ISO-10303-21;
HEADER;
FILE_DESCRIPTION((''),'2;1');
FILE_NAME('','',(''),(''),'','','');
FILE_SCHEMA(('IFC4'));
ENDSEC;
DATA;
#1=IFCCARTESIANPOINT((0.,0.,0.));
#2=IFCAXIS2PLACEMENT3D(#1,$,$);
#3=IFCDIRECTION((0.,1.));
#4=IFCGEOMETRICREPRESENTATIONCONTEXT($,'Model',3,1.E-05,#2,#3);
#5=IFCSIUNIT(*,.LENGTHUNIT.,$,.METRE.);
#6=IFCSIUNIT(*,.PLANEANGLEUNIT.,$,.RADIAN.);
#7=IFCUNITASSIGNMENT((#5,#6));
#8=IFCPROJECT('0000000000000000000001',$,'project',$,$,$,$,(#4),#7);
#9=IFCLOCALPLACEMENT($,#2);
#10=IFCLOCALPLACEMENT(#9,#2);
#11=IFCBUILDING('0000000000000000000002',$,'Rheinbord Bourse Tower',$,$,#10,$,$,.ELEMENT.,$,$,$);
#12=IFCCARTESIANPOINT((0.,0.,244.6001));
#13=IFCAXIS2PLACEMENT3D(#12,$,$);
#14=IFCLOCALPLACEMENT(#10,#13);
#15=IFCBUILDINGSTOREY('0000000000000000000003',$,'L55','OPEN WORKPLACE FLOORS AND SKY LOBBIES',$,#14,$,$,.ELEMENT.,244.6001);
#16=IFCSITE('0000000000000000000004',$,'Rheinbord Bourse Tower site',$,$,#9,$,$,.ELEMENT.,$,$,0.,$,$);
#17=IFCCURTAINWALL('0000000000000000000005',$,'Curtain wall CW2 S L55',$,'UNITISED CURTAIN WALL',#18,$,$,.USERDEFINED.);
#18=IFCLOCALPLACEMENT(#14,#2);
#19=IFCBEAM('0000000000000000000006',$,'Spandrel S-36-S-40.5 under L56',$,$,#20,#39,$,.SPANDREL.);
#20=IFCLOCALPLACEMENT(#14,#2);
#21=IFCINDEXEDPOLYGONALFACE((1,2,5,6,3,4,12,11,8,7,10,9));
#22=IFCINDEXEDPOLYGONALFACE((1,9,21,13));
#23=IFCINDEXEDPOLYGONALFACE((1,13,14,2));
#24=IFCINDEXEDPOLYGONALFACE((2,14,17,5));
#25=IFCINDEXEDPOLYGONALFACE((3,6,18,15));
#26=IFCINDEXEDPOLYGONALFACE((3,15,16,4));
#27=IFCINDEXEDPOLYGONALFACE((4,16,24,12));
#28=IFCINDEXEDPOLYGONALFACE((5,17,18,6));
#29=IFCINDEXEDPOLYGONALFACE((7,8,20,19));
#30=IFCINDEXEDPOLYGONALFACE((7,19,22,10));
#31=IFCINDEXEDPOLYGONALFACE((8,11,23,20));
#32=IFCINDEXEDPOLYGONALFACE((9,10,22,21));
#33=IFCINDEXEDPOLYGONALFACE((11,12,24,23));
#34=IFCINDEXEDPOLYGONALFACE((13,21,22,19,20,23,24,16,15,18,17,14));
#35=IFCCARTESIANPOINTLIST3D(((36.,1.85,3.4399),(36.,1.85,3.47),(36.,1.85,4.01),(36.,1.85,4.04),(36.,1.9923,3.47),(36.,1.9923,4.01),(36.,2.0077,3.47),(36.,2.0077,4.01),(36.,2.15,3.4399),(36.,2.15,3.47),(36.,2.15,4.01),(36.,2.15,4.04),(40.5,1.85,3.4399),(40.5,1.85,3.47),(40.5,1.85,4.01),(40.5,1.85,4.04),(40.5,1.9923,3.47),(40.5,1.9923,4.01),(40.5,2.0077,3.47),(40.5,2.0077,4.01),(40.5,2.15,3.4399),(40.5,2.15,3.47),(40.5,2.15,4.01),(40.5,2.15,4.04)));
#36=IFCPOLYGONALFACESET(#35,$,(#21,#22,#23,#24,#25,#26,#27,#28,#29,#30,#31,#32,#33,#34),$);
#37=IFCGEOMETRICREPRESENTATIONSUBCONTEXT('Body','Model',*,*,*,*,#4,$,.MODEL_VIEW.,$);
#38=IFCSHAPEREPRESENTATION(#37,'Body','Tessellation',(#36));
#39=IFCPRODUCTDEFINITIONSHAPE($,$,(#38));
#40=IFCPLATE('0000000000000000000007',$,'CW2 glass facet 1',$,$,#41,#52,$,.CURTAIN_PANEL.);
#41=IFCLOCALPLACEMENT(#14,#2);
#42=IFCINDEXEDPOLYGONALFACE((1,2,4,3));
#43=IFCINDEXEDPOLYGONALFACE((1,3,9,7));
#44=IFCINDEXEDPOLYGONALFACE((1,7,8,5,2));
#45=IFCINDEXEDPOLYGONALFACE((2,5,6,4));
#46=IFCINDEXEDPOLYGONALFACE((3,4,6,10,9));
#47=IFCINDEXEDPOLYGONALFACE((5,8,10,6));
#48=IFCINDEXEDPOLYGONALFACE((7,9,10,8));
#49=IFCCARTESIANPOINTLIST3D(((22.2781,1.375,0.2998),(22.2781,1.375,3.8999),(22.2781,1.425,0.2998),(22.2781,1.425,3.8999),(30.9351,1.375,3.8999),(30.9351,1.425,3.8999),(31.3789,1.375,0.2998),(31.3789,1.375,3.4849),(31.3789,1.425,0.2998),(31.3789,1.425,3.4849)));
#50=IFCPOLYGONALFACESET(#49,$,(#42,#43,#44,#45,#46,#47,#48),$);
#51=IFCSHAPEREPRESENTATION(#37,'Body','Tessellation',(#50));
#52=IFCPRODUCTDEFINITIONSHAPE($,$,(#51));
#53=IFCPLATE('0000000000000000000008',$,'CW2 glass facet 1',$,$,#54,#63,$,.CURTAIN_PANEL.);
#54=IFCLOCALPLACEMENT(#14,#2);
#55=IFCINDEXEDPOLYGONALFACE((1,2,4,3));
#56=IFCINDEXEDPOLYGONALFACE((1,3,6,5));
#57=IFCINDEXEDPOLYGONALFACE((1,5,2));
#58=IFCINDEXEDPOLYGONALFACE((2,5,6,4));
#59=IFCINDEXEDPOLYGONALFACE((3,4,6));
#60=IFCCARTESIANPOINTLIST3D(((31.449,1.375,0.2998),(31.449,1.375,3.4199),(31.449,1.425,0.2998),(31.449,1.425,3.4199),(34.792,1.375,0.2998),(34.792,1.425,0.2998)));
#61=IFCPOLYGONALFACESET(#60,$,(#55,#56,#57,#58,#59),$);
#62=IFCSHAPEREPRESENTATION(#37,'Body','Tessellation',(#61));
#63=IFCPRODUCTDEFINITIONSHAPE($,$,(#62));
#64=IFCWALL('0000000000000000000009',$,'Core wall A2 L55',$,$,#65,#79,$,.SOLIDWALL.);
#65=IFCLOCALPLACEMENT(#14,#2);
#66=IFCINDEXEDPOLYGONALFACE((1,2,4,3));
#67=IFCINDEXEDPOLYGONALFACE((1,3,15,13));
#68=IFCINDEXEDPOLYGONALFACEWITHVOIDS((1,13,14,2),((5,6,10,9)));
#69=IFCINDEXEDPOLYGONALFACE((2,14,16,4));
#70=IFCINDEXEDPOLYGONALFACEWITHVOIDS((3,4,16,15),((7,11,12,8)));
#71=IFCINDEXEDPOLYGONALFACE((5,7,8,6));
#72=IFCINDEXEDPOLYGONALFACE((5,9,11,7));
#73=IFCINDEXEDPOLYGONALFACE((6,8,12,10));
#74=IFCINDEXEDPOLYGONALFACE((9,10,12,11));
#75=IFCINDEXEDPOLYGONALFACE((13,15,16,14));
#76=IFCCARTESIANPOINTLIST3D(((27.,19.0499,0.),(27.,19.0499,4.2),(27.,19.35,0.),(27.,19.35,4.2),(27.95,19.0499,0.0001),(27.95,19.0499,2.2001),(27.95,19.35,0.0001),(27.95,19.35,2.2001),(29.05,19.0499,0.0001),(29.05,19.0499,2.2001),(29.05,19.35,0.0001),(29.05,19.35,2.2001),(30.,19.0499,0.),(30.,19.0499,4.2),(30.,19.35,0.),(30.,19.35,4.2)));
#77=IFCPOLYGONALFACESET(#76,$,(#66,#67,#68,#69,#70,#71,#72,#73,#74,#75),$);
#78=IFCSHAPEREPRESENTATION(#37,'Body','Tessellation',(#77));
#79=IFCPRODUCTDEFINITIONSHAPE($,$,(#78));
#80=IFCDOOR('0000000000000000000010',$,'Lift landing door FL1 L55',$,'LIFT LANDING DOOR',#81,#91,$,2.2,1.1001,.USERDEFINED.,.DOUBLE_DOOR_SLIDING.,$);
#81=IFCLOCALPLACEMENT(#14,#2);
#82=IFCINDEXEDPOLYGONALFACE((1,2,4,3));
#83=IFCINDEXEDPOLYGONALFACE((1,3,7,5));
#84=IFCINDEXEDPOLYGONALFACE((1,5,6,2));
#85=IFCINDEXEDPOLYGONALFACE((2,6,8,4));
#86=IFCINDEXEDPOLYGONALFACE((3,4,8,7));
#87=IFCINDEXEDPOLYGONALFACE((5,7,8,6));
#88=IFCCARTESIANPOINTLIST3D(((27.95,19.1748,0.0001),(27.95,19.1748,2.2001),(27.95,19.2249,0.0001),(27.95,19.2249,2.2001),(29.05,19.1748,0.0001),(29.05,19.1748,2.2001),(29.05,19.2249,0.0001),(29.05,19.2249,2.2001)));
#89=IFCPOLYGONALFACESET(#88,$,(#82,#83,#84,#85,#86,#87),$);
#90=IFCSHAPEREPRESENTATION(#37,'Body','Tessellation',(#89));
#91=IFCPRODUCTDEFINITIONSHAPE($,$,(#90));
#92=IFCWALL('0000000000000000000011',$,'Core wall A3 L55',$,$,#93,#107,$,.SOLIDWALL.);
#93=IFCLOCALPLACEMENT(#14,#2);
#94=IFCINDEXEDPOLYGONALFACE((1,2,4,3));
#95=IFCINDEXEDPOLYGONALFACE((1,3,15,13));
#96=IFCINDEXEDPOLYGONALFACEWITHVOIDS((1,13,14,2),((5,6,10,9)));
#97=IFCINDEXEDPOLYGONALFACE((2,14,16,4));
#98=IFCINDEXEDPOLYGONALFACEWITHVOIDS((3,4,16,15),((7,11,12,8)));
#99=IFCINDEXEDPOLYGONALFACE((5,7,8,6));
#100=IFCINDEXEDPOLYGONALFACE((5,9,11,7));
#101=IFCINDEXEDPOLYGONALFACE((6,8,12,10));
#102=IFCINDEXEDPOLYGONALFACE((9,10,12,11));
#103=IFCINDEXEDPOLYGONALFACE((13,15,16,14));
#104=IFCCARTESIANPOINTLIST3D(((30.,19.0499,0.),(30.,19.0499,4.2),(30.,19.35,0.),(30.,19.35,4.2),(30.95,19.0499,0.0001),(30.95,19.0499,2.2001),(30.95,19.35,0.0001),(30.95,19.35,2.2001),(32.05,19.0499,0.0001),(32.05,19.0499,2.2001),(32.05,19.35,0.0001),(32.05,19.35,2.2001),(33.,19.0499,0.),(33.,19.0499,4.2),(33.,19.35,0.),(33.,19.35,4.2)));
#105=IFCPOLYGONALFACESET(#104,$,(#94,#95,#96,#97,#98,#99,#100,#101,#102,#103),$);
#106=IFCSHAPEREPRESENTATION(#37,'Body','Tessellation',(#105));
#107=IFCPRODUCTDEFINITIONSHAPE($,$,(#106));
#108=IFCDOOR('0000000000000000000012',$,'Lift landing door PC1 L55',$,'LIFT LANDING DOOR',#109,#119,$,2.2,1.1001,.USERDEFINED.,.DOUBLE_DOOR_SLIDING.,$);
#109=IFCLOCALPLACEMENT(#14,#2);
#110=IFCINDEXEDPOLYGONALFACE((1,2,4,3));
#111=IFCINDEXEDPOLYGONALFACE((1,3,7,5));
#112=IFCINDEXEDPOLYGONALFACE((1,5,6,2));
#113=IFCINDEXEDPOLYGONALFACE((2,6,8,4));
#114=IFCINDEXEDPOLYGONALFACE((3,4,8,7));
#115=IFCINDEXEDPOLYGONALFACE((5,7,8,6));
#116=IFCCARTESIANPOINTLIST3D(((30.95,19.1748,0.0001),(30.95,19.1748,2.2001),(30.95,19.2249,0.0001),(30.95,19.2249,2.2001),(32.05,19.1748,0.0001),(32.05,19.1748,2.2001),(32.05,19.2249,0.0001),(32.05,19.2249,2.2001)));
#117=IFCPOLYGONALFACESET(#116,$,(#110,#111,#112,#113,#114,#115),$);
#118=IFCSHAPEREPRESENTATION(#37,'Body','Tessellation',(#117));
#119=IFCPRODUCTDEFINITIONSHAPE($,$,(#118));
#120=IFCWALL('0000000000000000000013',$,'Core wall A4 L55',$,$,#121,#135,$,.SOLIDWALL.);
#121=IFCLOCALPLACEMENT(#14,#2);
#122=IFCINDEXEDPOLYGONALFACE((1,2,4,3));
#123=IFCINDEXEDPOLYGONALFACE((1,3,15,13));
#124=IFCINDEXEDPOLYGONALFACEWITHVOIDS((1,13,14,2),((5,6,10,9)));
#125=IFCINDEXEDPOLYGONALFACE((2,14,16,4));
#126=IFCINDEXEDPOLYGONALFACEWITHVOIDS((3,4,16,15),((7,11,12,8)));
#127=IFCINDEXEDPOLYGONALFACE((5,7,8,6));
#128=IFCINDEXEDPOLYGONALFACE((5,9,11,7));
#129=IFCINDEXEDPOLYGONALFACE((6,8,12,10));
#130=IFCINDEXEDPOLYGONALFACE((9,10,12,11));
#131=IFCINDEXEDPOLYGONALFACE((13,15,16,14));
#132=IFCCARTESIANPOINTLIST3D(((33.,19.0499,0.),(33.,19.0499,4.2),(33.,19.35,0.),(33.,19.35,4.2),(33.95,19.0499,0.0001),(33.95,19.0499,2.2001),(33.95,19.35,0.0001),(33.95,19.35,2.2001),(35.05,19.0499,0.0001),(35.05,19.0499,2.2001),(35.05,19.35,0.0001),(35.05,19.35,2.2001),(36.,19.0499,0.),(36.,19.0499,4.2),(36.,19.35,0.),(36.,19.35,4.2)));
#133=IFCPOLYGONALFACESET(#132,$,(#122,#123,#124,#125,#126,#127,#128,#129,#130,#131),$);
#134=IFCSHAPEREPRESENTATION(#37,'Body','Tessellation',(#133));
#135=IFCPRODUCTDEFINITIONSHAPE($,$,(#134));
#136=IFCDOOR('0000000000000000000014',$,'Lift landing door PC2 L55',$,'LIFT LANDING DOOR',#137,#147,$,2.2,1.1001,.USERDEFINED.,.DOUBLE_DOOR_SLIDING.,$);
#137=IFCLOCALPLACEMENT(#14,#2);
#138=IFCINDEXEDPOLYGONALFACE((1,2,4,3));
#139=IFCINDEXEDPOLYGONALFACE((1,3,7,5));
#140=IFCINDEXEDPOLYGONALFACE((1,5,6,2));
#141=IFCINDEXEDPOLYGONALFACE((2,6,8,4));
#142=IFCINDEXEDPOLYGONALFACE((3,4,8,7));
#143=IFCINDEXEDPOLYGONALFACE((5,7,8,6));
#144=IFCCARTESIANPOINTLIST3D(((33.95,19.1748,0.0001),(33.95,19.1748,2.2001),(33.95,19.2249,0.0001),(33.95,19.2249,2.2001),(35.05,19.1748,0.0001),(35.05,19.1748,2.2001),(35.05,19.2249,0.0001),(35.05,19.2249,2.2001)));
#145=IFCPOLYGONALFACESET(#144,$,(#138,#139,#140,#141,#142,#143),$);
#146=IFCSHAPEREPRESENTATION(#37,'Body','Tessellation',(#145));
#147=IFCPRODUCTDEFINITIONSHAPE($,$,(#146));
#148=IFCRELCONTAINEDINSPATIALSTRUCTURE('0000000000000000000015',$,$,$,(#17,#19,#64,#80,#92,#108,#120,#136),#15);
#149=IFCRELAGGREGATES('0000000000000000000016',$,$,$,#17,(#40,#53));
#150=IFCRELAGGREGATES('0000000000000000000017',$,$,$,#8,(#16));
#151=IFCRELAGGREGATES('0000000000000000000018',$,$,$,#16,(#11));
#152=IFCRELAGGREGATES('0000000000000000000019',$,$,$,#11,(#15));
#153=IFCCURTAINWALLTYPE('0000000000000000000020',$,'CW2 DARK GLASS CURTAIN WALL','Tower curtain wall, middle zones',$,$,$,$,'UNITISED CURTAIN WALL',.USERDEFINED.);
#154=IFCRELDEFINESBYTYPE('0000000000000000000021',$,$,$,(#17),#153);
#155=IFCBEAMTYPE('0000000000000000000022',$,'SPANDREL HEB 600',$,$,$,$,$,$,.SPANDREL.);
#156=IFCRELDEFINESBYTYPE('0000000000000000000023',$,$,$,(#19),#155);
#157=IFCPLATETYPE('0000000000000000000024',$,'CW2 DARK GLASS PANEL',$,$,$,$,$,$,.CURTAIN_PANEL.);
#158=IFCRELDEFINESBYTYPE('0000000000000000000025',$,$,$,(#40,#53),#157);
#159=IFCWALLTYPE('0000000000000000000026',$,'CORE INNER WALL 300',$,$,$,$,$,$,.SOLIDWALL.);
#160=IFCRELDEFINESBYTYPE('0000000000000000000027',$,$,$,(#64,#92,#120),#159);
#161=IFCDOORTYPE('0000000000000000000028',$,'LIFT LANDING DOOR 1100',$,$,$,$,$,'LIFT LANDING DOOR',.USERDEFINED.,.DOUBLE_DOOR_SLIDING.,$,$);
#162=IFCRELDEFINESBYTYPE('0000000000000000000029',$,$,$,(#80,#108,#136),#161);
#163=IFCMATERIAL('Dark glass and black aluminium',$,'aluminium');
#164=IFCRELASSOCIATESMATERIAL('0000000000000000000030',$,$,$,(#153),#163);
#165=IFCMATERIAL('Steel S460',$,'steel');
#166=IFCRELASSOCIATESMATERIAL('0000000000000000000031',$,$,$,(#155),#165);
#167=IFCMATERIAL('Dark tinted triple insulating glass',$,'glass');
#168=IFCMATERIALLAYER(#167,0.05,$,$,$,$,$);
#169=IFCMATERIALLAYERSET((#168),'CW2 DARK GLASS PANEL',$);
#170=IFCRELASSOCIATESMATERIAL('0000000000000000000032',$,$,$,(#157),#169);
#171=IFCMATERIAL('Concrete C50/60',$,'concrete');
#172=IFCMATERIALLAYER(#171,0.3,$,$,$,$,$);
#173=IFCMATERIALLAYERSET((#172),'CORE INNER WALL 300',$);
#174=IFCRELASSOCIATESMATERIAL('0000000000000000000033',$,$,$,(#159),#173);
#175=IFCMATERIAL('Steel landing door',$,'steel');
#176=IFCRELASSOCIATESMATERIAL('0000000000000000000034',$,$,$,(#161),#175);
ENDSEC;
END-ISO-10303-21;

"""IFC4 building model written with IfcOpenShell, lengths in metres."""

from ifc_helpers import new_model, si_unit, direction, frame, frame_2d, origin, origin_2d, place, context, subcontext, project, spatial, polyline, rectangle, i_section, outline, extrude, material, layer, layer_set, material_profile, profile_set, type_object, element, fill, aggregate, save


model = new_model("IFC4")

# Units and contexts
model_context = context("Model", 3, precision=1e-05, world=origin(), true_north=direction((0.0, 1.0)))
body_context = subcontext(model_context, "Body", "Model", "MODEL_VIEW")
ifc_project = project(units=[si_unit("LENGTHUNIT", "METRE"), si_unit("PLANEANGLEUNIT", "RADIAN")], contexts=[model_context])

# Site, building, storey
site_placement = place(None, origin())
site = spatial("IfcSite", under=ifc_project, at=site_placement, Name="Rheinbord Bourse Tower site", CompositionType="ELEMENT", RefElevation=0.0)
building_placement = place(site_placement, origin())
building = spatial("IfcBuilding", under=site, at=building_placement, Name="Rheinbord Bourse Tower", CompositionType="ELEMENT")
storey_placement = place(building_placement, frame((0.0, 0.0, 244.6001)))
storey = spatial("IfcBuildingStorey", under=building, at=storey_placement, Name="L55", Description="OPEN WORKPLACE FLOORS AND SKY LOBBIES", CompositionType="ELEMENT", Elevation=244.6001)

# Curtain wall
ifc_material_1 = material(Name="Dark glass and black aluminium", Category="aluminium")
curtain_wall_type = type_object("IfcCurtainWallType", Name="CW2 DARK GLASS CURTAIN WALL", Description="Tower curtain wall, middle zones", ElementType="UNITISED CURTAIN WALL", PredefinedType="USERDEFINED", material=ifc_material_1)
curtain_wall_placement = place(storey_placement, origin())
curtain_wall = element("IfcCurtainWall", 1, at=curtain_wall_placement, inside=storey, type_object=curtain_wall_type, Name="Curtain wall CW2 S L55", ObjectType="UNITISED CURTAIN WALL", PredefinedType="USERDEFINED")

# Beam
ifc_material_2 = material(Name="Steel S460", Category="steel")
ifc_material_profile_1 = material_profile(ifc_material_2, i_section(OverallWidth=0.3, OverallDepth=0.6001, WebThickness=0.0154, FlangeThickness=0.03, at=origin_2d()), Name="HEB 600")
ifc_profile_set_1 = profile_set([ifc_material_profile_1], Name="Steel S460")
beam_type_1 = type_object("IfcBeamType", Name="SPANDREL HEB 600", PredefinedType="SPANDREL", material=ifc_profile_set_1)
for number, where, z_axis, x_axis, name in (
    (2, (36.0, 2.0, 3.74), (1.0, 0.0, 0.0), (0.0, 1.0, 0.0), "Spandrel S-36-S-40.5 under L56"),
):
    element("IfcBeam", number, at=place(storey_placement, frame(where, z_axis=z_axis, x_axis=x_axis)), inside=storey, type_object=beam_type_1, Name=name, PredefinedType="SPANDREL", context=body_context, shape_type="SweptSolid", body=[
        extrude(i_section(OverallWidth=0.3, OverallDepth=0.6001, WebThickness=0.0154, FlangeThickness=0.03, at=origin_2d()), origin(), (0.0, 0.0, 1.0), 4.5),
    ])

# Plates
ifc_material_3 = material(Name="Dark tinted triple insulating glass", Category="glass")
ifc_layer_1 = layer(ifc_material_3, 0.05)
ifc_layer_set_1 = layer_set([ifc_layer_1], Name="CW2 DARK GLASS PANEL")
plate_type = type_object("IfcPlateType", Name="CW2 DARK GLASS PANEL", PredefinedType="CURTAIN_PANEL", material=ifc_layer_set_1)
plate_1_placement = place(storey_placement, frame((31.3789, 1.375, 0.2998), z_axis=(0.0, 1.0, 0.0), x_axis=(-1.0, 0.0, 0.0)))
plate_1 = element("IfcPlate", 3, at=plate_1_placement, type_object=plate_type, Name="CW2 glass facet 1", PredefinedType="CURTAIN_PANEL", context=body_context, shape_type="SweptSolid", body=[
    extrude(outline(polyline([(0.0, 0.0), (9.1008, 0.0), (9.1008, 3.6001), (0.4438, 3.6001), (0.0, 3.1851), (0.0, 0.0)])), origin(), (0.0, 0.0, 1.0), 0.05),
])
plate_2_placement = place(storey_placement, frame((31.449, 1.375, 0.2998), z_axis=(0.0, 1.0, 0.0), x_axis=(0.0, 0.0, 1.0)))
plate_2 = element("IfcPlate", 4, at=plate_2_placement, type_object=plate_type, Name="CW2 glass facet 1", PredefinedType="CURTAIN_PANEL", context=body_context, shape_type="SweptSolid", body=[
    extrude(outline(polyline([(0.0, 0.0), (3.1201, 0.0), (0.0, 3.343), (0.0, 0.0)])), origin(), (0.0, 0.0, 1.0), 0.05),
])
aggregate(curtain_wall, [plate_1, plate_2])

# Walls, openings, doors
ifc_material_4 = material(Name="Concrete C50/60", Category="concrete")
ifc_layer_2 = layer(ifc_material_4, 0.3)
ifc_layer_set_2 = layer_set([ifc_layer_2], Name="CORE INNER WALL 300")
wall_type_1 = type_object("IfcWallType", Name="CORE INNER WALL 300", PredefinedType="SOLIDWALL", material=ifc_layer_set_2)
wall_1_placement = place(storey_placement, frame((27.0, 19.2, 0.0), z_axis=(0.0, 0.0, 1.0), x_axis=(1.0, 0.0, 0.0)))
wall_1 = element("IfcWall", 5, at=wall_1_placement, inside=storey, type_object=wall_type_1, Name="Core wall A2 L55", PredefinedType="SOLIDWALL", context=body_context, shape_type="SweptSolid", body=[
    extrude(rectangle(XDim=3.0, YDim=0.3, at=frame_2d((1.5, 0.0))), origin(), (0.0, 0.0, 1.0), 4.2),
])
opening_1_placement = place(wall_1_placement, frame((0.95, 0.0, 0.0)))
opening_1 = element("IfcOpeningElement", 6, at=opening_1_placement, cuts=wall_1, PredefinedType="OPENING", context=body_context, shape_type="SweptSolid", body=[
    extrude(rectangle(XDim=1.1001, YDim=2.2, at=frame_2d((0.55, 1.1001))), frame((0.0, 0.1599, 0.0), z_axis=(0.0, -1.0, 0.0), x_axis=(1.0, 0.0, 0.0)), (0.0, 0.0, 1.0), 0.3201),
])
ifc_material_5 = material(Name="Steel landing door", Category="steel")
door_type_1 = type_object("IfcDoorType", Name="LIFT LANDING DOOR 1100", ElementType="LIFT LANDING DOOR", OperationType="DOUBLE_DOOR_SLIDING", PredefinedType="USERDEFINED", material=ifc_material_5)
door_1_placement = place(opening_1_placement, origin())
door_1 = element("IfcDoor", 7, at=door_1_placement, inside=storey, type_object=door_type_1, Name="Lift landing door FL1 L55", ObjectType="LIFT LANDING DOOR", OperationType="DOUBLE_DOOR_SLIDING", OverallHeight=2.2, OverallWidth=1.1001, PredefinedType="USERDEFINED", context=body_context, shape_type="SweptSolid", body=[
    extrude(rectangle(XDim=1.1001, YDim=2.2, at=frame_2d((0.55, 1.1001))), frame((0.0, 0.0249, 0.0), z_axis=(0.0, -1.0, 0.0), x_axis=(1.0, 0.0, 0.0)), (0.0, 0.0, 1.0), 0.05),
])
fill(opening_1, door_1)
wall_2_placement = place(storey_placement, frame((30.0, 19.2, 0.0), z_axis=(0.0, 0.0, 1.0), x_axis=(1.0, 0.0, 0.0)))
wall_2 = element("IfcWall", 8, at=wall_2_placement, inside=storey, type_object=wall_type_1, Name="Core wall A3 L55", PredefinedType="SOLIDWALL", context=body_context, shape_type="SweptSolid", body=[
    extrude(rectangle(XDim=3.0, YDim=0.3, at=frame_2d((1.5, 0.0))), origin(), (0.0, 0.0, 1.0), 4.2),
])
opening_2_placement = place(wall_2_placement, frame((0.95, 0.0, 0.0)))
opening_2 = element("IfcOpeningElement", 9, at=opening_2_placement, cuts=wall_2, PredefinedType="OPENING", context=body_context, shape_type="SweptSolid", body=[
    extrude(rectangle(XDim=1.1001, YDim=2.2, at=frame_2d((0.55, 1.1001))), frame((0.0, 0.1599, 0.0), z_axis=(0.0, -1.0, 0.0), x_axis=(1.0, 0.0, 0.0)), (0.0, 0.0, 1.0), 0.3201),
])
door_2_placement = place(opening_2_placement, origin())
door_2 = element("IfcDoor", 10, at=door_2_placement, inside=storey, type_object=door_type_1, Name="Lift landing door PC1 L55", ObjectType="LIFT LANDING DOOR", OperationType="DOUBLE_DOOR_SLIDING", OverallHeight=2.2, OverallWidth=1.1001, PredefinedType="USERDEFINED", context=body_context, shape_type="SweptSolid", body=[
    extrude(rectangle(XDim=1.1001, YDim=2.2, at=frame_2d((0.55, 1.1001))), frame((0.0, 0.0249, 0.0), z_axis=(0.0, -1.0, 0.0), x_axis=(1.0, 0.0, 0.0)), (0.0, 0.0, 1.0), 0.05),
])
fill(opening_2, door_2)
wall_3_placement = place(storey_placement, frame((33.0, 19.2, 0.0), z_axis=(0.0, 0.0, 1.0), x_axis=(1.0, 0.0, 0.0)))
wall_3 = element("IfcWall", 11, at=wall_3_placement, inside=storey, type_object=wall_type_1, Name="Core wall A4 L55", PredefinedType="SOLIDWALL", context=body_context, shape_type="SweptSolid", body=[
    extrude(rectangle(XDim=3.0, YDim=0.3, at=frame_2d((1.5, 0.0))), origin(), (0.0, 0.0, 1.0), 4.2),
])
opening_3_placement = place(wall_3_placement, frame((0.95, 0.0, 0.0)))
opening_3 = element("IfcOpeningElement", 12, at=opening_3_placement, cuts=wall_3, PredefinedType="OPENING", context=body_context, shape_type="SweptSolid", body=[
    extrude(rectangle(XDim=1.1001, YDim=2.2, at=frame_2d((0.55, 1.1001))), frame((0.0, 0.1599, 0.0), z_axis=(0.0, -1.0, 0.0), x_axis=(1.0, 0.0, 0.0)), (0.0, 0.0, 1.0), 0.3201),
])
door_3_placement = place(opening_3_placement, origin())
door_3 = element("IfcDoor", 13, at=door_3_placement, inside=storey, type_object=door_type_1, Name="Lift landing door PC2 L55", ObjectType="LIFT LANDING DOOR", OperationType="DOUBLE_DOOR_SLIDING", OverallHeight=2.2, OverallWidth=1.1001, PredefinedType="USERDEFINED", context=body_context, shape_type="SweptSolid", body=[
    extrude(rectangle(XDim=1.1001, YDim=2.2, at=frame_2d((0.55, 1.1001))), frame((0.0, 0.0249, 0.0), z_axis=(0.0, -1.0, 0.0), x_axis=(1.0, 0.0, 0.0)), (0.0, 0.0, 1.0), 0.05),
])
fill(opening_3, door_3)

save(model, "model.ifc")
